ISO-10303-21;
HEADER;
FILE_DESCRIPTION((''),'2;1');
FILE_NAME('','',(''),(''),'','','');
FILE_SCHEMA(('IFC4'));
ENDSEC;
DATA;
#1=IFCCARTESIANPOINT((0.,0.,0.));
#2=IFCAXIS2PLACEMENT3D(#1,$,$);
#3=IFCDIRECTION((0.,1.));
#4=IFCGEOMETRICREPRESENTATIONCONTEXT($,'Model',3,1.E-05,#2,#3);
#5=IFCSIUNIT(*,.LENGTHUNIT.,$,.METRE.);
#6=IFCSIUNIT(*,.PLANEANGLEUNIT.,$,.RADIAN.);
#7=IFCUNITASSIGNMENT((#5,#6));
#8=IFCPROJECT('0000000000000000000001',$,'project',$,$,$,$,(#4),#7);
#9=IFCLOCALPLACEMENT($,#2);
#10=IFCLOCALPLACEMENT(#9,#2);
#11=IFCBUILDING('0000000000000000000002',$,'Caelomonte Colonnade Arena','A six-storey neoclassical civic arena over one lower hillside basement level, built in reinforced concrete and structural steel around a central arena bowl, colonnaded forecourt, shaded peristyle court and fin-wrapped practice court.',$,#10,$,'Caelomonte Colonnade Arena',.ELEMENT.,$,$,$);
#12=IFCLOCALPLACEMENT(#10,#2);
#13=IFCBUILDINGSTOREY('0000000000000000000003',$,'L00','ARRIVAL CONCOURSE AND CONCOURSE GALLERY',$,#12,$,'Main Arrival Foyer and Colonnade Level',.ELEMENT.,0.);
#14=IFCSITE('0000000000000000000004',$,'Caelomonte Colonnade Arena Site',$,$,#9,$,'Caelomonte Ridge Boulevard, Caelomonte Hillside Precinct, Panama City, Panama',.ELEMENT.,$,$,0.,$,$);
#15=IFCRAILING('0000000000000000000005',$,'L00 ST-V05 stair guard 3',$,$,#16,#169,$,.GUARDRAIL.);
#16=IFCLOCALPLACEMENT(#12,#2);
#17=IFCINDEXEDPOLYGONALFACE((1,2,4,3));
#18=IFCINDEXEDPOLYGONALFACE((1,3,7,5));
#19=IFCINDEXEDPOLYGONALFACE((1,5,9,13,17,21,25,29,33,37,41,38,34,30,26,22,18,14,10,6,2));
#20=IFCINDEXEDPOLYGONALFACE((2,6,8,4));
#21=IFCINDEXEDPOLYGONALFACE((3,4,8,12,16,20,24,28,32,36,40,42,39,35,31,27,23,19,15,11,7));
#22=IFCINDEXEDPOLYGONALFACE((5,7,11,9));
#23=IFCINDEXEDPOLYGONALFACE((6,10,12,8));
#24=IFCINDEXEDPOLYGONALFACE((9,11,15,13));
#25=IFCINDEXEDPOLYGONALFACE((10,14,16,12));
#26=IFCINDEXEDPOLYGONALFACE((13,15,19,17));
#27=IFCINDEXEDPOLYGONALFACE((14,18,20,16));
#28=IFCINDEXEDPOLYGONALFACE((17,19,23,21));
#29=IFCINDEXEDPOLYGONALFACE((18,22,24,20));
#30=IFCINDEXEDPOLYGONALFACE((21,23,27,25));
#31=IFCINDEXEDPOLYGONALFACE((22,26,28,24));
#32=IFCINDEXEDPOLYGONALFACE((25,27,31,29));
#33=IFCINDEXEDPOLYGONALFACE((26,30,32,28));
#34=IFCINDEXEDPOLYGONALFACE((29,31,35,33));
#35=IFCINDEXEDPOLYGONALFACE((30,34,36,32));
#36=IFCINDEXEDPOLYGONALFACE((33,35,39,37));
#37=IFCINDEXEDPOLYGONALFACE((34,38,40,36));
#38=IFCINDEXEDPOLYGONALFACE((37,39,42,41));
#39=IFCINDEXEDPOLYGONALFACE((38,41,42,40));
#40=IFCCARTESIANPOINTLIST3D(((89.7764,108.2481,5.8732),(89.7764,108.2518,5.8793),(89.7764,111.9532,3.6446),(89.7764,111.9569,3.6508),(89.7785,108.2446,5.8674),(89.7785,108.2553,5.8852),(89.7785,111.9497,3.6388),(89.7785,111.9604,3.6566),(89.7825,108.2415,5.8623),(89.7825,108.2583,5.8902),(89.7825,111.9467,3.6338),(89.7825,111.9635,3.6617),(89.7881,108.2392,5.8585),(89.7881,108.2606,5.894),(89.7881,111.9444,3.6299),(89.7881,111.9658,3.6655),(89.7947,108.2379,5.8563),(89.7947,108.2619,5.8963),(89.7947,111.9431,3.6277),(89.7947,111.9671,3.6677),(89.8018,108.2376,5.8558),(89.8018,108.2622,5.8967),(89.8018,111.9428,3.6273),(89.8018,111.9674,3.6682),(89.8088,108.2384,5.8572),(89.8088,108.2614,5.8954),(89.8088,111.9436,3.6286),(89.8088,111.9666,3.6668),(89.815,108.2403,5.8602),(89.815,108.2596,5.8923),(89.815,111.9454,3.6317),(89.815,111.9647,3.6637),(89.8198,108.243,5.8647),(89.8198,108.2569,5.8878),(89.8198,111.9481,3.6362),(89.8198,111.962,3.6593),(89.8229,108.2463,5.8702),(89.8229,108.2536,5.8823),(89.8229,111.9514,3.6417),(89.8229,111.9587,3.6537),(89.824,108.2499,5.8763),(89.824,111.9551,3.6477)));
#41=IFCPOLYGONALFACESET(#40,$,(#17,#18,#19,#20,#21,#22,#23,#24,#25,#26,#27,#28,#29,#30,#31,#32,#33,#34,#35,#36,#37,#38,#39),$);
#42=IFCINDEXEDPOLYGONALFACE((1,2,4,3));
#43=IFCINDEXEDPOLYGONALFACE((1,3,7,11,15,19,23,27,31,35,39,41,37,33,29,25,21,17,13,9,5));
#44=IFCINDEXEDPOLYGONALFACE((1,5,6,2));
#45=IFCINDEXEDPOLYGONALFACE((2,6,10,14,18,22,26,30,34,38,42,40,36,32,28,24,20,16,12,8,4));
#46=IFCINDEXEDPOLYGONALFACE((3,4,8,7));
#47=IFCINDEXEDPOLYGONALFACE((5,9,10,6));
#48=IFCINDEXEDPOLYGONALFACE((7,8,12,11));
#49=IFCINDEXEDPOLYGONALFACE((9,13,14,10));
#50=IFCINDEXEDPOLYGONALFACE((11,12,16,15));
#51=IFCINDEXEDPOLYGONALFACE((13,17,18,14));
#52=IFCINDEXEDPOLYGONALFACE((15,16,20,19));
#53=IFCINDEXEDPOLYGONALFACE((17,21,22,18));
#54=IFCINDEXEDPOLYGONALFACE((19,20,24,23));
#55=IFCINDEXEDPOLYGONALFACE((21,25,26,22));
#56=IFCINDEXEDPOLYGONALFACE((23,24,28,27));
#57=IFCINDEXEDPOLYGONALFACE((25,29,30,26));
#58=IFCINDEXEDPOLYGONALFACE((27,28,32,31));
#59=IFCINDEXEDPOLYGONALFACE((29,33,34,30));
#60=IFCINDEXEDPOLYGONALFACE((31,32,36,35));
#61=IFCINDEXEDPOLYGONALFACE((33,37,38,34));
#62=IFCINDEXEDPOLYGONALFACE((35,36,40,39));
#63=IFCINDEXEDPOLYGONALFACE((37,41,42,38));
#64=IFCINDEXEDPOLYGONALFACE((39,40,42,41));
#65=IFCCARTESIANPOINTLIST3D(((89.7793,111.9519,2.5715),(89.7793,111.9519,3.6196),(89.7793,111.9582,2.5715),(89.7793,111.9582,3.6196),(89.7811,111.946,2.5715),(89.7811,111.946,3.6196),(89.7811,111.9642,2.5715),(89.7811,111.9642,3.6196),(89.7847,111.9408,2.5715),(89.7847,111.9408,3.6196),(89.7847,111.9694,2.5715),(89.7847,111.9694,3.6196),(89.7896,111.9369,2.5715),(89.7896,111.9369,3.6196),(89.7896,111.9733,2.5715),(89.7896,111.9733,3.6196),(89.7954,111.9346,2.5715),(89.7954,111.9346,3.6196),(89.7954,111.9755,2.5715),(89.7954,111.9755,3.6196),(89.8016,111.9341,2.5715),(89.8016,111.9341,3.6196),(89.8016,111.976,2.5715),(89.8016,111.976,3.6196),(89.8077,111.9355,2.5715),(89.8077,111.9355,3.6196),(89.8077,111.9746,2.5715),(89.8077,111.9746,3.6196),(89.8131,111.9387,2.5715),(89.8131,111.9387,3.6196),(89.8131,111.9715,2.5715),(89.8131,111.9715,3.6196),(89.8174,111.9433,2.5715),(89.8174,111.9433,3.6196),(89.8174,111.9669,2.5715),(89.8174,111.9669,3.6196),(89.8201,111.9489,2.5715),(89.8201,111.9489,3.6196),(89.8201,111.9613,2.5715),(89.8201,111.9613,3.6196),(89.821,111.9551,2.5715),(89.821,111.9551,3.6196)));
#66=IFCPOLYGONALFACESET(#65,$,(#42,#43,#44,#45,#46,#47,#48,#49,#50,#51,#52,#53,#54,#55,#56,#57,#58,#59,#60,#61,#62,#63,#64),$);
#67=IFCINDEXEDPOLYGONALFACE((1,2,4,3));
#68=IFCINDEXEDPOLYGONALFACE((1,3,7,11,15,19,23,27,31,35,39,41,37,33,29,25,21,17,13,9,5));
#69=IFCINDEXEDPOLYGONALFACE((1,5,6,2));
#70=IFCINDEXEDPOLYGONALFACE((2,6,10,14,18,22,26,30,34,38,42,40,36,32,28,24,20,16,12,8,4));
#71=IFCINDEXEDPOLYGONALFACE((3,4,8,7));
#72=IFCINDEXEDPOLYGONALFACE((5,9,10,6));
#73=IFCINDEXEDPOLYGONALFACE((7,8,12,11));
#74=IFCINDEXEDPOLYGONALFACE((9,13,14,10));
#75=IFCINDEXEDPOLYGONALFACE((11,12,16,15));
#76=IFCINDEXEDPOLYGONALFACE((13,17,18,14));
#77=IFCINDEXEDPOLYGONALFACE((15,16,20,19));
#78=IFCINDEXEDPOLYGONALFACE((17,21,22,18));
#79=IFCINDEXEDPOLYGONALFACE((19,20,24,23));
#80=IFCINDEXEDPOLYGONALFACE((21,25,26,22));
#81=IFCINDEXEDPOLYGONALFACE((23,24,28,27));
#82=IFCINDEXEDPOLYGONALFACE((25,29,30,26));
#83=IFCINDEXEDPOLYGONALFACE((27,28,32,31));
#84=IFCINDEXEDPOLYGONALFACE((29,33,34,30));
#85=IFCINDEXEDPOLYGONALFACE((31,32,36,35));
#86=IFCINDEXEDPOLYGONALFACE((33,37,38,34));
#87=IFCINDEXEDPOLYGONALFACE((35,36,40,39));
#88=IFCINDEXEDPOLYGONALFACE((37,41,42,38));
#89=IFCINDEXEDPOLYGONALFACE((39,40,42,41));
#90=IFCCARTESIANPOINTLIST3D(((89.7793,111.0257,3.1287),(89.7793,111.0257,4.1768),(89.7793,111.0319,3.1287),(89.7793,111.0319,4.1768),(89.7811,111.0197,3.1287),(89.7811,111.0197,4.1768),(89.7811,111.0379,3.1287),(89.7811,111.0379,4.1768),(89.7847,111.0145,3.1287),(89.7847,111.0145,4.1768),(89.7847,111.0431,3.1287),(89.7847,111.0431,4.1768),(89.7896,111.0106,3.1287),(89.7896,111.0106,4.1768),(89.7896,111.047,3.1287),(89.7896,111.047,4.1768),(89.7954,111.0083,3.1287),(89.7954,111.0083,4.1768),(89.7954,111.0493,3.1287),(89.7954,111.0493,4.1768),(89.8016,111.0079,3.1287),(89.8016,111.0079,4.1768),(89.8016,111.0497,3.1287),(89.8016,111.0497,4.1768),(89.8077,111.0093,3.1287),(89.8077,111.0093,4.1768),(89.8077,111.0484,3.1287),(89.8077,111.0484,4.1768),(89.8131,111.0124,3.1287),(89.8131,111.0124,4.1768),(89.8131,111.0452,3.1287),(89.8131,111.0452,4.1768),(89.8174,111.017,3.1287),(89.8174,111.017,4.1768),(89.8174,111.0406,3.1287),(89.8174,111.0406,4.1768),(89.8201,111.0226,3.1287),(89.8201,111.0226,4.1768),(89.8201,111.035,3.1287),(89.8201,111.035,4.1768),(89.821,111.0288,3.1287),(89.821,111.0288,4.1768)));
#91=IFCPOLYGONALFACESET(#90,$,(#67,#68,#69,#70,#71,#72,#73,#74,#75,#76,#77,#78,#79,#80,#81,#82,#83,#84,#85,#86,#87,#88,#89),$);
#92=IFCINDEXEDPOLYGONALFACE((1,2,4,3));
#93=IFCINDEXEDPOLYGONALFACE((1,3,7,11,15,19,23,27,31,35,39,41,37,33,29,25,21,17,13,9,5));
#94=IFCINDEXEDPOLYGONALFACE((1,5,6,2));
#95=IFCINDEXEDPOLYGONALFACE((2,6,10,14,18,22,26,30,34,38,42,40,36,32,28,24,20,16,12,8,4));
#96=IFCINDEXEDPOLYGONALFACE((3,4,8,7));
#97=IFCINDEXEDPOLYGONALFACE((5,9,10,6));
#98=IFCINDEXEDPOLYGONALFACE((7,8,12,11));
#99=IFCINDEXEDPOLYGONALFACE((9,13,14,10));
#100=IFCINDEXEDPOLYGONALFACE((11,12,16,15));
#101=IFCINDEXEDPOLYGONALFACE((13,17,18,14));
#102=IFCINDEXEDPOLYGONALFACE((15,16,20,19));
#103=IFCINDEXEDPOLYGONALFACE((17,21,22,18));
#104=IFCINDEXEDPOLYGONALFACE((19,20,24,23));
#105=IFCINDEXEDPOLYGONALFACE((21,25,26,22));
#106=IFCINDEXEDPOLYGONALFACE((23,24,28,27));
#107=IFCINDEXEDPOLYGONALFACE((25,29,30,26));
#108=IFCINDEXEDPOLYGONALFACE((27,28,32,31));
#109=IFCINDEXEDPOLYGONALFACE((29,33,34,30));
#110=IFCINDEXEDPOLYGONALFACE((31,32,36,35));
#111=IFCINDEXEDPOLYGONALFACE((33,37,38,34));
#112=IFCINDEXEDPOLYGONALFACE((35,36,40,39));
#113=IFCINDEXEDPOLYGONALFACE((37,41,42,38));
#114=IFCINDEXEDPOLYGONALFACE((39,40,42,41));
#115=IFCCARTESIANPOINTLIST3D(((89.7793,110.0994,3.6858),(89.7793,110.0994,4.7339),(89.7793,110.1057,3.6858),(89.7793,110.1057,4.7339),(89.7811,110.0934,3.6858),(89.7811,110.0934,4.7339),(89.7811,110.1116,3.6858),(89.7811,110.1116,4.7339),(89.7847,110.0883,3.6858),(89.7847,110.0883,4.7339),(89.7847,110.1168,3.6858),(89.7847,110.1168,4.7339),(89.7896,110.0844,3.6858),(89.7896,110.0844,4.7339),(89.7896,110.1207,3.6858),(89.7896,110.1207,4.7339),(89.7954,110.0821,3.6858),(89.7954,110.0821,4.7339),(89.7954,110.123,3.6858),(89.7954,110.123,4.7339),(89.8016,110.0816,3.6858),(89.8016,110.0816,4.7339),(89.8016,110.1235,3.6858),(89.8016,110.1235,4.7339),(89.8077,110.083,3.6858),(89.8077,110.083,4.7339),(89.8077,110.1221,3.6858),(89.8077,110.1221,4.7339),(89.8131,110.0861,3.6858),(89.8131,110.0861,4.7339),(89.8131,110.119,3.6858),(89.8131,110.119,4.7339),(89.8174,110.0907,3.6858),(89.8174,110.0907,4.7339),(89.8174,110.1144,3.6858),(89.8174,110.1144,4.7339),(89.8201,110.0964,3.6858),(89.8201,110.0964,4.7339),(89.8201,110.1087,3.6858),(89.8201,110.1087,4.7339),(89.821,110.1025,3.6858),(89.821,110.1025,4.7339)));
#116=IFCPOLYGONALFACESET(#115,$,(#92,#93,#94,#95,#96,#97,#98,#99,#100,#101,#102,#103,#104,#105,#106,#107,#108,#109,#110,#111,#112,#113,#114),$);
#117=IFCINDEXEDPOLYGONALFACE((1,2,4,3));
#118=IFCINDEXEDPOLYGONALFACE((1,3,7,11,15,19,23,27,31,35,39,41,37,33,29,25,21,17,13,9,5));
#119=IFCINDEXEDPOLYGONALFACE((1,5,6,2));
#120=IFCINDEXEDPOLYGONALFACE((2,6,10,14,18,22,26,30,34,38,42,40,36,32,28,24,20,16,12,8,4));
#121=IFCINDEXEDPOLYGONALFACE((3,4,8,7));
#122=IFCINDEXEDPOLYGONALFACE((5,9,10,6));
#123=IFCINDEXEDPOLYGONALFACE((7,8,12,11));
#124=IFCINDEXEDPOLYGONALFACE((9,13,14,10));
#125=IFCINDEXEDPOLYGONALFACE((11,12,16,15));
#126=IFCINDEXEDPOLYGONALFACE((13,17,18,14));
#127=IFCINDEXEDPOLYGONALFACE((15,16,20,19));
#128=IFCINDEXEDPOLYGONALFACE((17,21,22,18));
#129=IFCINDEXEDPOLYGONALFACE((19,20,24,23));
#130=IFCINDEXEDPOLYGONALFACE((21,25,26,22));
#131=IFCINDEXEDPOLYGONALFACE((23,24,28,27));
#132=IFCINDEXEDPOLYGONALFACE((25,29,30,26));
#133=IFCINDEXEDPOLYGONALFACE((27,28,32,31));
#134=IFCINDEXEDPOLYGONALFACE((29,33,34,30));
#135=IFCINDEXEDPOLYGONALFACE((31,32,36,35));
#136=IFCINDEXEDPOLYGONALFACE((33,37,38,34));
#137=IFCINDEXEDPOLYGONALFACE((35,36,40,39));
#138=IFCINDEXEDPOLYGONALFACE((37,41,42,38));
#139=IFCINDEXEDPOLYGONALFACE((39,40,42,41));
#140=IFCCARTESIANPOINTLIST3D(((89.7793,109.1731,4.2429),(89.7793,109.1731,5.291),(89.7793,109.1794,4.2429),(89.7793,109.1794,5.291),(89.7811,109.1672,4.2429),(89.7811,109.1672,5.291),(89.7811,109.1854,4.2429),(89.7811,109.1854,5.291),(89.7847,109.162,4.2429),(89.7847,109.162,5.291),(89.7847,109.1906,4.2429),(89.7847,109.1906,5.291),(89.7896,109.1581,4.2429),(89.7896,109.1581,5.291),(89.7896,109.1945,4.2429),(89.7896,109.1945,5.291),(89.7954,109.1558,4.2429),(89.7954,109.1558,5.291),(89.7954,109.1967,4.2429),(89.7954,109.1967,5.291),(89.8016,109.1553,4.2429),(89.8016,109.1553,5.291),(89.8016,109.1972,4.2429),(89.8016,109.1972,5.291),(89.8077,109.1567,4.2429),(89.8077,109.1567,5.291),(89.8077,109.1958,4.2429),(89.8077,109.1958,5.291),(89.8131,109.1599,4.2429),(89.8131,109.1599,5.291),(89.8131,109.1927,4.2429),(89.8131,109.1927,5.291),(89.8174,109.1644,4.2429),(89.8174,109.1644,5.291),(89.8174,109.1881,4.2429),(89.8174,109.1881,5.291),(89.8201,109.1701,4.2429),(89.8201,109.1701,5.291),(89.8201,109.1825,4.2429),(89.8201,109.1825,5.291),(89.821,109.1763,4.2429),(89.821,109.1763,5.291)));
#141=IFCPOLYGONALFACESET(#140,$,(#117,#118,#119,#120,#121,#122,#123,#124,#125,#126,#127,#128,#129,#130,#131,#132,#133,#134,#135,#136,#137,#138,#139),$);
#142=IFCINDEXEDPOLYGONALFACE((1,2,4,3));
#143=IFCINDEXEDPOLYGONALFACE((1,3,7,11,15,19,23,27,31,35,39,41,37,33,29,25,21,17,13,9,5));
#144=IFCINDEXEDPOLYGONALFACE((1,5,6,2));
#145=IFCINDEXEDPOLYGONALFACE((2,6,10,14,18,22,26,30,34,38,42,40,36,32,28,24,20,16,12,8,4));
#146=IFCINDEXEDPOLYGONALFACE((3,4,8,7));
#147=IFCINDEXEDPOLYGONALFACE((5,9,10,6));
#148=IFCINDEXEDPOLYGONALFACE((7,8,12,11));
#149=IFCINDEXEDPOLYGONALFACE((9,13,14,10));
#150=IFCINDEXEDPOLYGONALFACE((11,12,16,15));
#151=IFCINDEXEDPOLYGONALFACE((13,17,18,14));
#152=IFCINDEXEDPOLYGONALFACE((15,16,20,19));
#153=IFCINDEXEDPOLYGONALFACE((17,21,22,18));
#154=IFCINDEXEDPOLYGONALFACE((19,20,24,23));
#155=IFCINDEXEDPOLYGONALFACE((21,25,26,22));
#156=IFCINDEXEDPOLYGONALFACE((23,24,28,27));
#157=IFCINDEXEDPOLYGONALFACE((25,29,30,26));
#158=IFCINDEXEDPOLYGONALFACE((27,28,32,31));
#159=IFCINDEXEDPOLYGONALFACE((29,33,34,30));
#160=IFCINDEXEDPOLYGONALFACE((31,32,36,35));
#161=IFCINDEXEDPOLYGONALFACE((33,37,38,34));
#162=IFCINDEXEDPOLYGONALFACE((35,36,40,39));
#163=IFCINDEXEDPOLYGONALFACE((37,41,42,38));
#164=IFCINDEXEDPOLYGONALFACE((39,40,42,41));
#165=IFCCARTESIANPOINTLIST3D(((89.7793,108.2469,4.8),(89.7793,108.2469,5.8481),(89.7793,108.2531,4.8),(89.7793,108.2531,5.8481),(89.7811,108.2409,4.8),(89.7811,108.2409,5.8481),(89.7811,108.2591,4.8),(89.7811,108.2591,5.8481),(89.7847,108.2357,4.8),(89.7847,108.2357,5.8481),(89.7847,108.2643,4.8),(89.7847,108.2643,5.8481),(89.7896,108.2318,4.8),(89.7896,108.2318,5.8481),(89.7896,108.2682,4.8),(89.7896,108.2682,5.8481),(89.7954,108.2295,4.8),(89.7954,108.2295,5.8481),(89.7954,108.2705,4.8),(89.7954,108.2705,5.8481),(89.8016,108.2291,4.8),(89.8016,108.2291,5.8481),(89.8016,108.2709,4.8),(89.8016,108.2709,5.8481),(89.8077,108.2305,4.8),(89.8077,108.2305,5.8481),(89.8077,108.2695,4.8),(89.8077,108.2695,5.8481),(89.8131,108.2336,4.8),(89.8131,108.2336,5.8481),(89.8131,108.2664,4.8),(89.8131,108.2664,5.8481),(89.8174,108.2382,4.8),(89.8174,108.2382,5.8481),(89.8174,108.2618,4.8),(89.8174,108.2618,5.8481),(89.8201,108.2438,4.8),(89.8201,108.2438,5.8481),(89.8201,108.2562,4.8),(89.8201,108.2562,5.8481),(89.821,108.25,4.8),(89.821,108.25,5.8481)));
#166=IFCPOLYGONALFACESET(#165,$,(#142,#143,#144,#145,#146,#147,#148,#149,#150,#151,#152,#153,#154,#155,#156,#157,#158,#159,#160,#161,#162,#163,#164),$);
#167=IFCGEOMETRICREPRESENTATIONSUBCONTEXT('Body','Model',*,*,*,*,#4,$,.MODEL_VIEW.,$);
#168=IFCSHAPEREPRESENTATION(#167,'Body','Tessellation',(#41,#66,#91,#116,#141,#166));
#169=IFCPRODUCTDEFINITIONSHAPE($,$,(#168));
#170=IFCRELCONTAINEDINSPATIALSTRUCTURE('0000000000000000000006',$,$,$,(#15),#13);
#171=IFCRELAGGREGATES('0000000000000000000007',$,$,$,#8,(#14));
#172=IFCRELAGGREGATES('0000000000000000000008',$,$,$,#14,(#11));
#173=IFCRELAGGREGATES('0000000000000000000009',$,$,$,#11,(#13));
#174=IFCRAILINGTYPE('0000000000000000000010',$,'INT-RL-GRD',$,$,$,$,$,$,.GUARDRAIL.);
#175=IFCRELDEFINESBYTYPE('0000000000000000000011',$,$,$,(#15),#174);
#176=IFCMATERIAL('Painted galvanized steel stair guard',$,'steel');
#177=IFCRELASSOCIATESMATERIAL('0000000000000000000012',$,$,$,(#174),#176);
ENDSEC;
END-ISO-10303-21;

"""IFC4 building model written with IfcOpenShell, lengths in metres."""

from ifc_helpers import new_model, si_unit, direction, frame, origin, origin_2d, place, context, subcontext, project, spatial, circle, extrude, material, type_object, element, save


model = new_model("IFC4")

# Units and contexts
model_context = context("Model", 3, precision=1e-05, world=origin(), true_north=direction((0.0, 1.0)))
body_context = subcontext(model_context, "Body", "Model", "MODEL_VIEW")
ifc_project = project(units=[si_unit("LENGTHUNIT", "METRE"), si_unit("PLANEANGLEUNIT", "RADIAN")], contexts=[model_context])

# Site, building, storey
site_placement = place(None, origin())
site = spatial("IfcSite", under=ifc_project, at=site_placement, Name="Caelomonte Colonnade Arena Site", LongName="Caelomonte Ridge Boulevard, Caelomonte Hillside Precinct, Panama City, Panama", CompositionType="ELEMENT", RefElevation=0.0)
building_placement = place(site_placement, origin())
building = spatial("IfcBuilding", under=site, at=building_placement, Name="Caelomonte Colonnade Arena", Description="A six-storey neoclassical civic arena over one lower hillside basement level, built in reinforced concrete and structural steel around a central arena bowl, colonnaded forecourt, shaded peristyle court and fin-wrapped practice court.", LongName="Caelomonte Colonnade Arena", CompositionType="ELEMENT")
storey_placement = place(building_placement, origin())
storey = spatial("IfcBuildingStorey", under=building, at=storey_placement, Name="L00", Description="ARRIVAL CONCOURSE AND CONCOURSE GALLERY", LongName="Main Arrival Foyer and Colonnade Level", CompositionType="ELEMENT", Elevation=0.0)

# Railing
ifc_material_1 = material(Name="Painted galvanized steel stair guard", Category="steel")
railing_type_1 = type_object("IfcRailingType", Name="INT-RL-GRD", PredefinedType="GUARDRAIL", material=ifc_material_1)
railing_1_placement = place(storey_placement, frame((89.8, 111.9551, 2.5715)))
element("IfcRailing", 1, at=railing_1_placement, inside=storey, type_object=railing_type_1, Name="L00 ST-V05 stair guard 3", PredefinedType="GUARDRAIL", context=body_context, shape_type="SweptSolid", body=[
    extrude(circle(Radius=0.0239, at=origin_2d()), frame((0.0, 0.0, 1.0762), z_axis=(0.0, -0.856934, 0.515425), x_axis=(1.0, 0.0, 0.0)), (0.0, 0.0, 1.0), 4.3237),
    extrude(circle(Radius=0.021, at=origin_2d()), origin(), (0.0, 0.0, 1.0), 1.0481),
    extrude(circle(Radius=0.021, at=origin_2d()), frame((0.0, -0.9263, 0.5571)), (0.0, 0.0, 1.0), 1.0481),
    extrude(circle(Radius=0.021, at=origin_2d()), frame((0.0, -1.8525, 1.1143)), (0.0, 0.0, 1.0), 1.0481),
    extrude(circle(Radius=0.021, at=origin_2d()), frame((0.0, -2.7788, 1.6714)), (0.0, 0.0, 1.0), 1.0481),
    extrude(circle(Radius=0.021, at=origin_2d()), frame((0.0, -3.7051, 2.2285)), (0.0, 0.0, 1.0), 1.0481),
])

save(model, "model.ifc")
